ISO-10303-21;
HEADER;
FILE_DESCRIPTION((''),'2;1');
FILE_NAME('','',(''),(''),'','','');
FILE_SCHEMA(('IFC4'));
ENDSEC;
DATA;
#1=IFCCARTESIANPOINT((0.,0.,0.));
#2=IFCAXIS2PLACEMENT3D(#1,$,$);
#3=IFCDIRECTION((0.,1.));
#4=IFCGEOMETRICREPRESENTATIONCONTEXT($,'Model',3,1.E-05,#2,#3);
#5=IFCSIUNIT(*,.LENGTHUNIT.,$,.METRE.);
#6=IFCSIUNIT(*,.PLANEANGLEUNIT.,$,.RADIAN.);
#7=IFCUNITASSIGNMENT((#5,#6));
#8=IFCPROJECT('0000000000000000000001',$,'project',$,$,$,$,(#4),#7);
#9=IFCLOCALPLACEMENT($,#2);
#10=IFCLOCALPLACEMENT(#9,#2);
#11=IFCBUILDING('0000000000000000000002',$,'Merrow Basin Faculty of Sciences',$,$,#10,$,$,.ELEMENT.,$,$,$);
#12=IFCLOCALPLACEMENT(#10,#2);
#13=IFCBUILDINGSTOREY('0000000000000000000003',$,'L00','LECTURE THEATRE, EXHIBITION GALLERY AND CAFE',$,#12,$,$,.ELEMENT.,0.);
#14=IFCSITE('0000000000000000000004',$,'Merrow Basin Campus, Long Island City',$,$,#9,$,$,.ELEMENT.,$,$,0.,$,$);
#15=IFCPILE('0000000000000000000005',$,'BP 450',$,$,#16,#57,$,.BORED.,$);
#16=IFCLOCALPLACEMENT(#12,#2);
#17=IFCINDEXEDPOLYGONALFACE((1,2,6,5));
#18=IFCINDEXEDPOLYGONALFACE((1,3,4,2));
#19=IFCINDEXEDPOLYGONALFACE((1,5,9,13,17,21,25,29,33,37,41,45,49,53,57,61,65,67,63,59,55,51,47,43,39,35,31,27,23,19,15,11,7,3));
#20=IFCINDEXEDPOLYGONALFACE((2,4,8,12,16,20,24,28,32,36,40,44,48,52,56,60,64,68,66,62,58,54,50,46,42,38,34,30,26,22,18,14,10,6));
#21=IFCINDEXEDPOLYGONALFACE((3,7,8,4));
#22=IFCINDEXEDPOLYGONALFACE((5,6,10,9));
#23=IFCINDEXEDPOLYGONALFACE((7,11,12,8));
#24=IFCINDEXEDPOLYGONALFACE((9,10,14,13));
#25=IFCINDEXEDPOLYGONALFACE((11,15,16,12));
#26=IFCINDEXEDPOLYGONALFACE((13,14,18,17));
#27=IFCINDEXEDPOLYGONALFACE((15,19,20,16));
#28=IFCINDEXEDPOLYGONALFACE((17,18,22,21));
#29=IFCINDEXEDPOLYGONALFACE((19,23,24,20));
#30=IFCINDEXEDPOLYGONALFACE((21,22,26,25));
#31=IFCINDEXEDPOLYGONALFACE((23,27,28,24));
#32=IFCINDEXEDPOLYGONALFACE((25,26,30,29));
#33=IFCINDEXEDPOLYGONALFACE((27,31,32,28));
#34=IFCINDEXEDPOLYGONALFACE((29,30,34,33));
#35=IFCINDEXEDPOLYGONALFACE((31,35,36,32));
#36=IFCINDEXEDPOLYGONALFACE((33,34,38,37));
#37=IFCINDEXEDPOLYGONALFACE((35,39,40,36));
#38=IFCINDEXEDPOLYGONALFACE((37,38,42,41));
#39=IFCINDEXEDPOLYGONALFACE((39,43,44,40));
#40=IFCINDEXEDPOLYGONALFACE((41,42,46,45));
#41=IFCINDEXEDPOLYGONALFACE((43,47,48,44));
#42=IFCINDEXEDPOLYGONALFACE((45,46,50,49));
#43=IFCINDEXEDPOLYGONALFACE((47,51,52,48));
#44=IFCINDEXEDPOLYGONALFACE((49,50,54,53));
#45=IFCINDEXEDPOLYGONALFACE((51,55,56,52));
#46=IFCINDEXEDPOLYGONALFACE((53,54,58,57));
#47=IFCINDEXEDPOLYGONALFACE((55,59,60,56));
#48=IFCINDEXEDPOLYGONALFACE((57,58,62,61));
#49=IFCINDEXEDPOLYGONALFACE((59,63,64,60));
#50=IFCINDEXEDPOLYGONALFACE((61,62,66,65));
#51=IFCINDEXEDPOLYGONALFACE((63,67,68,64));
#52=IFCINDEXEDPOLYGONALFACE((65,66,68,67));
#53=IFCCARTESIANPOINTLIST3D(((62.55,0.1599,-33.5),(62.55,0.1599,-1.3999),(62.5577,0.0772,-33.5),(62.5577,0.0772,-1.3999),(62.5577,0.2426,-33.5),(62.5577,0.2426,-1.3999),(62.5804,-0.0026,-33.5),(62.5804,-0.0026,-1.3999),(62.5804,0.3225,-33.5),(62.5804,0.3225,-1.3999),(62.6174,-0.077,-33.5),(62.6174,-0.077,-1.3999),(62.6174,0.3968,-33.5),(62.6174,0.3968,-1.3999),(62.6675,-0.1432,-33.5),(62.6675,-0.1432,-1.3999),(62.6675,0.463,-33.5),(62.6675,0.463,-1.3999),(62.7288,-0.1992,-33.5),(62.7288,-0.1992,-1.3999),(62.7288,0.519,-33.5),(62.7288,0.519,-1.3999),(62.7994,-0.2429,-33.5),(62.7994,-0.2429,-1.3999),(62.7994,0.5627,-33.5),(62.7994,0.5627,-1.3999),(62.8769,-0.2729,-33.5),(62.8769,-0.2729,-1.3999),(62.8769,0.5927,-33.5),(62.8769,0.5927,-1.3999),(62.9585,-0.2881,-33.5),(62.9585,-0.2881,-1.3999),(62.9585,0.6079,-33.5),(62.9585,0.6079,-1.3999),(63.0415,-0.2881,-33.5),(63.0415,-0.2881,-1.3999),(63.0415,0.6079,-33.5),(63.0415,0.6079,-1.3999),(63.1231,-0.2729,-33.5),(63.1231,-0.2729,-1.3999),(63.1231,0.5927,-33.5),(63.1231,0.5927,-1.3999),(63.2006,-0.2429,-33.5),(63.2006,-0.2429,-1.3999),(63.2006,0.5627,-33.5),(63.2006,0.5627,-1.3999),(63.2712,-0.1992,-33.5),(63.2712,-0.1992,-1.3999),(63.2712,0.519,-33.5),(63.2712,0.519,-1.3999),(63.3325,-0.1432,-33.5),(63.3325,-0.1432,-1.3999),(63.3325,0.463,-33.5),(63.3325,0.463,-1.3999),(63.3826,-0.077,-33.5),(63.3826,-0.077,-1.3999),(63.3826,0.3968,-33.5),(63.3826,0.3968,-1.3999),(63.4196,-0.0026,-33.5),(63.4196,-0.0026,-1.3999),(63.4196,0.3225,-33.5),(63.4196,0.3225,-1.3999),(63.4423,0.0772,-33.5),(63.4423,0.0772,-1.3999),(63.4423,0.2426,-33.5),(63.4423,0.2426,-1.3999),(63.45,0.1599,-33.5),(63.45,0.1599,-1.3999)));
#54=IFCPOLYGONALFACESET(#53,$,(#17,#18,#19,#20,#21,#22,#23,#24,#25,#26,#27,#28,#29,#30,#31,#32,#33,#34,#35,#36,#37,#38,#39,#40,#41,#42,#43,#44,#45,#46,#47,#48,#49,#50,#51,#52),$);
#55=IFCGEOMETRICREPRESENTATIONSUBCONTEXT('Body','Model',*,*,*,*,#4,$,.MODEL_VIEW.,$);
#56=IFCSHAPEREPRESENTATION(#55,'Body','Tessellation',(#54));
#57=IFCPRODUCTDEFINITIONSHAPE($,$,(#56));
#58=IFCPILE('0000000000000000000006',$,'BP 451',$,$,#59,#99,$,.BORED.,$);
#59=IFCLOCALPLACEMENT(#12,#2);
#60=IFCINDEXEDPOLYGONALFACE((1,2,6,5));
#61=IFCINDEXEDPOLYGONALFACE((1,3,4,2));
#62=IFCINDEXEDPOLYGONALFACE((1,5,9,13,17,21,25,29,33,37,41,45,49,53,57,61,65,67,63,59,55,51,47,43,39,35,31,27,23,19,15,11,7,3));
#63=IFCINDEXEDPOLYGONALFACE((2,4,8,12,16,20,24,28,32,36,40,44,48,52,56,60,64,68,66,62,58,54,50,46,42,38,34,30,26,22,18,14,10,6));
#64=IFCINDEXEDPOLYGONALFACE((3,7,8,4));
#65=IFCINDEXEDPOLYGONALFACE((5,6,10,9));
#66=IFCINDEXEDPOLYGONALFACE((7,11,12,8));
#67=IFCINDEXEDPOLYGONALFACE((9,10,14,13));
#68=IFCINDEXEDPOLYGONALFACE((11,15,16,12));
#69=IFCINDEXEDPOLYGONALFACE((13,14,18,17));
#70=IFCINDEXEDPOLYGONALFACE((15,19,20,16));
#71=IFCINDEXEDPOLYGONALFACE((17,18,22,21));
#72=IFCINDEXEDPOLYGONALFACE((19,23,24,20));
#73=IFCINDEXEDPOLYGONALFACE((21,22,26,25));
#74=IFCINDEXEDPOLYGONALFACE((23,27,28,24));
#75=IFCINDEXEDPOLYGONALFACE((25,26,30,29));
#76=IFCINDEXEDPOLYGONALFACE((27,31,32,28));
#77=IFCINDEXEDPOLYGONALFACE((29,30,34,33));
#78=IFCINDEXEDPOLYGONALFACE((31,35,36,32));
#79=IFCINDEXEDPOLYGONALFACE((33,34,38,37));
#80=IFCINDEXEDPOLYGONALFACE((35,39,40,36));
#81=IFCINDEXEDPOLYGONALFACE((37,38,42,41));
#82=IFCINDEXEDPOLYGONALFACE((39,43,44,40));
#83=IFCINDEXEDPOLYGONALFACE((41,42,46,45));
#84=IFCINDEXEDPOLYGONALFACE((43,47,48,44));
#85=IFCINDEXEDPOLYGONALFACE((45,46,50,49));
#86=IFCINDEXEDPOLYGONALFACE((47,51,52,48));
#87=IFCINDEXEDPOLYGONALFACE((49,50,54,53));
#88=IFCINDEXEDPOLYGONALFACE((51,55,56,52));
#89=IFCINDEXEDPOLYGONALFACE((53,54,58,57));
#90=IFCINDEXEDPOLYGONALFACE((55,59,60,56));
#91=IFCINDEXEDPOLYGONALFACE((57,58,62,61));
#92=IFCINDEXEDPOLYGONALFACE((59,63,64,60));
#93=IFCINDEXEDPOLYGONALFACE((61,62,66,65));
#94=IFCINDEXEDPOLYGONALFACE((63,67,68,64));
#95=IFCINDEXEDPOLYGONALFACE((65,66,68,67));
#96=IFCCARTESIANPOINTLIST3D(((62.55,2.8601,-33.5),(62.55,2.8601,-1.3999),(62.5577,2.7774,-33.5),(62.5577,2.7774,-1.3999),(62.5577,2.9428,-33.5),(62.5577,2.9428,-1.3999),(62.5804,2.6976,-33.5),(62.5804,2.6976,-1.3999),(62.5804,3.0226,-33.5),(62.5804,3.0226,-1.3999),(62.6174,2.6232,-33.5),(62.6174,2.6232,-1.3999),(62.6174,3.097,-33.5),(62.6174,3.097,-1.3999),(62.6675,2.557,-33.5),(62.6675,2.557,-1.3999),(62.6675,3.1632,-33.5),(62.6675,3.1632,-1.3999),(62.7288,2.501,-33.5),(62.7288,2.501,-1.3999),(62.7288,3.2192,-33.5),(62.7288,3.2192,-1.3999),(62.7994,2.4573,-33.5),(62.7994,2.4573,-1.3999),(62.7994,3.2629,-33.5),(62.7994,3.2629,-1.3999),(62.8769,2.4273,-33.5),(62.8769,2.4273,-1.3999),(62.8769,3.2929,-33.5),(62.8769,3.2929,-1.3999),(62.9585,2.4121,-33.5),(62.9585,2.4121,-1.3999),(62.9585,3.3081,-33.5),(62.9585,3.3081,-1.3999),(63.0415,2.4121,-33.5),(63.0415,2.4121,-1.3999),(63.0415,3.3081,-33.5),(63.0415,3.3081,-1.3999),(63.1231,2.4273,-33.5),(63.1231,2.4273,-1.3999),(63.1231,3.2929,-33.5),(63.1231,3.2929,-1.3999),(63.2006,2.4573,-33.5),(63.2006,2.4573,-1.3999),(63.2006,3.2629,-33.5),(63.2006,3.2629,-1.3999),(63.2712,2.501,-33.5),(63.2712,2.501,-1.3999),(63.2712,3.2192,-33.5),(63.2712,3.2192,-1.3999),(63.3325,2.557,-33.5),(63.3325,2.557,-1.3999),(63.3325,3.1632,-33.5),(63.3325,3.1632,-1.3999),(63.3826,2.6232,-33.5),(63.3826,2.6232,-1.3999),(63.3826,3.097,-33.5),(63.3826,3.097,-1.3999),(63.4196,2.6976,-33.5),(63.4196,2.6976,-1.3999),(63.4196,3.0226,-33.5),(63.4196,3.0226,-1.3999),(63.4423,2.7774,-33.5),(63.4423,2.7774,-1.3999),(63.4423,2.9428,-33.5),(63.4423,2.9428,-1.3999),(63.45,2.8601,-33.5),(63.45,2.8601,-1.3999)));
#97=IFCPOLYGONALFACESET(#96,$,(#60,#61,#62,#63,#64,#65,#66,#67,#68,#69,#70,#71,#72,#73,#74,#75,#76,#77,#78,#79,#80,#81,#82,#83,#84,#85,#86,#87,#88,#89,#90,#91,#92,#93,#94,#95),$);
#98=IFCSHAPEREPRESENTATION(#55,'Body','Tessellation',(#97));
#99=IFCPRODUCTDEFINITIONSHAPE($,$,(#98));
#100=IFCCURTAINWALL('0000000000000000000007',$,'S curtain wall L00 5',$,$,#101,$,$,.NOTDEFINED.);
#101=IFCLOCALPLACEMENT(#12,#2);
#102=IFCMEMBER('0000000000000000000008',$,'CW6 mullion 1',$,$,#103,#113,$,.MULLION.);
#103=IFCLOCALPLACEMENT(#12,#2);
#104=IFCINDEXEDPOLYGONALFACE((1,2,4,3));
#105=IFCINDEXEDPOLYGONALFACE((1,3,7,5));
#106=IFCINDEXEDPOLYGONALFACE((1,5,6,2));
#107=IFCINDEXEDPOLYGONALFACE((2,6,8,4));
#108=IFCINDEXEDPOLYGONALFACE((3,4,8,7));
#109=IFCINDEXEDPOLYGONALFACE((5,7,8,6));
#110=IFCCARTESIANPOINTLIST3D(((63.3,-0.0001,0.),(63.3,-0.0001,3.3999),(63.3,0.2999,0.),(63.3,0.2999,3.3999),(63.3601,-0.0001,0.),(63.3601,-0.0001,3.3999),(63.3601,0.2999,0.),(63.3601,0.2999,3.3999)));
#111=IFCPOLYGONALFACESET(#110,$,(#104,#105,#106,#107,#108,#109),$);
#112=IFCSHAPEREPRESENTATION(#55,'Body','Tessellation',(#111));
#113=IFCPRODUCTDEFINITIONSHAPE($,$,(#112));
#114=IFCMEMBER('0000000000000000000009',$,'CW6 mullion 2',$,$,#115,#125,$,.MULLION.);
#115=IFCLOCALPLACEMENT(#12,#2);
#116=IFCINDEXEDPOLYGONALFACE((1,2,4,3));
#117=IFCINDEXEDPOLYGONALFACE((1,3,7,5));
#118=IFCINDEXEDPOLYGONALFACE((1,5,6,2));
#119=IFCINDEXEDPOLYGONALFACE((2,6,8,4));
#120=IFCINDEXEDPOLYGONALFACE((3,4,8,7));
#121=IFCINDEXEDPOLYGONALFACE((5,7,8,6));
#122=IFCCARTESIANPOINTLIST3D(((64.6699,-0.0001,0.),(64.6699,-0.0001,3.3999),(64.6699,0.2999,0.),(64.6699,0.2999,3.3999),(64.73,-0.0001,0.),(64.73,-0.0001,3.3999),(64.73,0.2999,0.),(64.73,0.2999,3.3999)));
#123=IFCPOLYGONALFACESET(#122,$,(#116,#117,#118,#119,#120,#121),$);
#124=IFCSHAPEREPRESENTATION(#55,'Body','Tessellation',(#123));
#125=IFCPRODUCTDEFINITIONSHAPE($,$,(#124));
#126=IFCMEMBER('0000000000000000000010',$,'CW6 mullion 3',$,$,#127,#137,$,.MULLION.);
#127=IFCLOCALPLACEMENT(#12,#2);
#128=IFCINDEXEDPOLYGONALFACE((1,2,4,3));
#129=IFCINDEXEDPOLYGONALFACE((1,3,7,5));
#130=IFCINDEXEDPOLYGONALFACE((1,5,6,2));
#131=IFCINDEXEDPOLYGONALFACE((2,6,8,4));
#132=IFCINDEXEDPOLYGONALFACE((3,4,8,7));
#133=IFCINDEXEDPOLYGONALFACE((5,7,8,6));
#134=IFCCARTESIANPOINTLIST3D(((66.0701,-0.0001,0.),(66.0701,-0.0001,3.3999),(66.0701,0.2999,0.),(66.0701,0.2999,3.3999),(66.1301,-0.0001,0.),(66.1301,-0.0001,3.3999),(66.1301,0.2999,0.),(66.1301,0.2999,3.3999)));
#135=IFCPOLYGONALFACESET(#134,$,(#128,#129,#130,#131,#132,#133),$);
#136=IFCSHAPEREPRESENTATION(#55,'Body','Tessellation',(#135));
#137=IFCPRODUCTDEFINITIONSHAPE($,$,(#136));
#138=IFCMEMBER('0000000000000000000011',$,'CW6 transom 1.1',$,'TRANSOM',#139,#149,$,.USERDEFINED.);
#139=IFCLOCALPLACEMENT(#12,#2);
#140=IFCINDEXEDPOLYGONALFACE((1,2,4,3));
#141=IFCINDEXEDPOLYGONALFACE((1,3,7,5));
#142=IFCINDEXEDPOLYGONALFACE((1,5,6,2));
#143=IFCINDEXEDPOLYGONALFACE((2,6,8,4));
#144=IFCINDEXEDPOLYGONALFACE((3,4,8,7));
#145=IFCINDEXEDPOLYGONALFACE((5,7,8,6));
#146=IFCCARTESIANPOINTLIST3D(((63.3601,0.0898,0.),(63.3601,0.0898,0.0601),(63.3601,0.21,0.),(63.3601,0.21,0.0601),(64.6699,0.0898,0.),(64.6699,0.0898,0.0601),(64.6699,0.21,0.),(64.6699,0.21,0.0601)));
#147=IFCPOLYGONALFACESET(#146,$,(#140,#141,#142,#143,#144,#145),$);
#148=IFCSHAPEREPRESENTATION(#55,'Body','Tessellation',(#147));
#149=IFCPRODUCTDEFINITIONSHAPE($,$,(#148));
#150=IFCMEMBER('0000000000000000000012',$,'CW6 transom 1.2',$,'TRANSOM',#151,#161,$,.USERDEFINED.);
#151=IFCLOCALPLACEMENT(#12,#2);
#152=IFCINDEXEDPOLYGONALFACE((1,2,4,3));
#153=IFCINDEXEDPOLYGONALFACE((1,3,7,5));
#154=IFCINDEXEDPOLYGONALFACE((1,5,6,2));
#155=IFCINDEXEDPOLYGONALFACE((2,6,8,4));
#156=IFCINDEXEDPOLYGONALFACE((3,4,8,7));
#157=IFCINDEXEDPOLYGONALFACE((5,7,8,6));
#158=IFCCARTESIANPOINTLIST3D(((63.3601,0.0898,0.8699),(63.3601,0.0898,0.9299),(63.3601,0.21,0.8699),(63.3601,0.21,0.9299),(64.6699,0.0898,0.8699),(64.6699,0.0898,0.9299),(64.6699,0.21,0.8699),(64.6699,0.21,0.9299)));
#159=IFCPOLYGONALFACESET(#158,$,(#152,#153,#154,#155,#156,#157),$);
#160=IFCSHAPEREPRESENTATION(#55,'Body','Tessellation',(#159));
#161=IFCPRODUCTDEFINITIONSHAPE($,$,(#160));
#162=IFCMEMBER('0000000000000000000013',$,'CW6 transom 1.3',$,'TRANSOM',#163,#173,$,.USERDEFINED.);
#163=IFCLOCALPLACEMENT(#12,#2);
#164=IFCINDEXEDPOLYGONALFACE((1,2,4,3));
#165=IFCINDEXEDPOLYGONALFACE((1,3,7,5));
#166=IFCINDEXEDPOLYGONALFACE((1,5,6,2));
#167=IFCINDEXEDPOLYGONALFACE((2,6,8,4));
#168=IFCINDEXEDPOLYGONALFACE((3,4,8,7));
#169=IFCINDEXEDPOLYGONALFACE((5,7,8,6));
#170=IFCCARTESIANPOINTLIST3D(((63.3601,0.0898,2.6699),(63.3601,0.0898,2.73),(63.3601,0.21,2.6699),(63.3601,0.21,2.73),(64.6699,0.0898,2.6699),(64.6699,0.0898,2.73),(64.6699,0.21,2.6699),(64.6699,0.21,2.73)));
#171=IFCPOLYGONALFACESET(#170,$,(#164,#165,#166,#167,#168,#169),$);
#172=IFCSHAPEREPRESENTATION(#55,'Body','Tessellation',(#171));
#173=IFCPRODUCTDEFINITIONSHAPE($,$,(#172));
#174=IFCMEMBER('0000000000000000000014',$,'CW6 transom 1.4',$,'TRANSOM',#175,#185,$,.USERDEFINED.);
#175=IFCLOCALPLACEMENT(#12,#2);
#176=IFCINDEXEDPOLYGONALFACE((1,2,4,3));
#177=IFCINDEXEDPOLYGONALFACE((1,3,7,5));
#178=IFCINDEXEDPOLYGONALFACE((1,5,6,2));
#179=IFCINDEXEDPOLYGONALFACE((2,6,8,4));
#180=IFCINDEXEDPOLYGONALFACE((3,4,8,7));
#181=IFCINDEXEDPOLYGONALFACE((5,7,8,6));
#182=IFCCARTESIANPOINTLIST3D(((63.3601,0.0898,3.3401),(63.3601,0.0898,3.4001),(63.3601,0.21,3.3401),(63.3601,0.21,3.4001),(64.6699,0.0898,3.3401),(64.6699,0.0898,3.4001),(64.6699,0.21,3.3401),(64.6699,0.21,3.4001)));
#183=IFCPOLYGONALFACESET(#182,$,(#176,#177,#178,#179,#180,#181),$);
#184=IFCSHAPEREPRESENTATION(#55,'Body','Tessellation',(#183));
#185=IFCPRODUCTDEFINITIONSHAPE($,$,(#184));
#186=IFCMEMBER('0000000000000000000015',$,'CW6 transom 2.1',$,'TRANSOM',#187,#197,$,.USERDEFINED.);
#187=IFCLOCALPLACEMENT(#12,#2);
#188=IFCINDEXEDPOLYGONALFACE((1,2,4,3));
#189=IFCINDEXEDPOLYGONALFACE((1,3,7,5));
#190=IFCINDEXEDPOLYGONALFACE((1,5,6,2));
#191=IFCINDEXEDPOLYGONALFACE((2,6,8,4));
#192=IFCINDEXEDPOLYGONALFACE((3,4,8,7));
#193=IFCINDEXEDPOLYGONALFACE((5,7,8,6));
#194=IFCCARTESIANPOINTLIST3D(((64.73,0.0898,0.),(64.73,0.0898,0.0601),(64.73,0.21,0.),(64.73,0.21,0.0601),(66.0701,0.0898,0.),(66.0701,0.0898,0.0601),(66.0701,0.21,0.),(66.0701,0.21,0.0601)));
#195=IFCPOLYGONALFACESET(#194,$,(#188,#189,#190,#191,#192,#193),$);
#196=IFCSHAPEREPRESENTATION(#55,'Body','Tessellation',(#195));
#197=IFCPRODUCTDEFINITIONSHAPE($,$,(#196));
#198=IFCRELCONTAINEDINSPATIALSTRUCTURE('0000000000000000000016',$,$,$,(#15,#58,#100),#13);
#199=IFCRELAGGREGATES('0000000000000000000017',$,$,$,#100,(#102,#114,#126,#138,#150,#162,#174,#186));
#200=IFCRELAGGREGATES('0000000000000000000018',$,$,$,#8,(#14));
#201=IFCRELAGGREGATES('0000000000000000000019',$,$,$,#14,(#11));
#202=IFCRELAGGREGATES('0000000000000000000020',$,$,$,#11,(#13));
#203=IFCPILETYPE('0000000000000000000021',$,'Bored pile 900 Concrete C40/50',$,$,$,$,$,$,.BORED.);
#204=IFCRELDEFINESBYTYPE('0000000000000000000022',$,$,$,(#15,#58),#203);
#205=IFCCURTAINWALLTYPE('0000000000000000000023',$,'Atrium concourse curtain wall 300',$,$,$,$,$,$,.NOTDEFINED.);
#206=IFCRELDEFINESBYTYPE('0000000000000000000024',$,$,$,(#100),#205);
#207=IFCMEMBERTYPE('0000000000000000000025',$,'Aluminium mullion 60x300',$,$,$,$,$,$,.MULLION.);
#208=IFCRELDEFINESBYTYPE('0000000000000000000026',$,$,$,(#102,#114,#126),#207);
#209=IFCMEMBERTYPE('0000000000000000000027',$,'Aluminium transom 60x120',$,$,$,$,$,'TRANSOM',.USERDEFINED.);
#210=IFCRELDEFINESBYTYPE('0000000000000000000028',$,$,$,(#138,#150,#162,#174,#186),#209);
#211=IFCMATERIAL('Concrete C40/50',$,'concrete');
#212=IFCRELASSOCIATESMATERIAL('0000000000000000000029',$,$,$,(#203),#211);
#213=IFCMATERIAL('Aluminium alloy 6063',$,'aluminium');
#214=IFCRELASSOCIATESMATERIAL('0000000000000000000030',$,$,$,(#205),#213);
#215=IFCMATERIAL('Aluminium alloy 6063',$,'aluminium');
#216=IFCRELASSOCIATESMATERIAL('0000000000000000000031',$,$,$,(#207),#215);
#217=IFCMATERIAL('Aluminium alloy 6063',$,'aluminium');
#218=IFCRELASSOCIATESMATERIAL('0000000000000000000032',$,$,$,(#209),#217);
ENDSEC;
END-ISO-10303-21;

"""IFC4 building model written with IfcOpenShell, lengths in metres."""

from ifc_helpers import new_model, si_unit, direction, frame, origin, origin_2d, place, context, subcontext, project, spatial, rectangle, circle, extrude, material, material_profile, profile_set, type_object, element, aggregate, save


model = new_model("IFC4")

# Units and contexts
model_context = context("Model", 3, precision=1e-05, world=origin(), true_north=direction((0.0, 1.0)))
body_context = subcontext(model_context, "Body", "Model", "MODEL_VIEW")
ifc_project = project(units=[si_unit("LENGTHUNIT", "METRE"), si_unit("PLANEANGLEUNIT", "RADIAN")], contexts=[model_context])

# Site, building, storey
site_placement = place(None, origin())
site = spatial("IfcSite", under=ifc_project, at=site_placement, Name="Merrow Basin Campus, Long Island City", CompositionType="ELEMENT", RefElevation=0.0)
building_placement = place(site_placement, origin())
building = spatial("IfcBuilding", under=site, at=building_placement, Name="Merrow Basin Faculty of Sciences", CompositionType="ELEMENT")
storey_placement = place(building_placement, origin())
storey = spatial("IfcBuildingStorey", under=building, at=storey_placement, Name="L00", Description="LECTURE THEATRE, EXHIBITION GALLERY AND CAFE", CompositionType="ELEMENT", Elevation=0.0)

# Piles
ifc_material_1 = material(Name="Concrete C40/50", Category="concrete")
ifc_material_profile_1 = material_profile(ifc_material_1, circle(Radius=0.45, at=origin_2d()))
ifc_profile_set_1 = profile_set([ifc_material_profile_1], Name="Concrete C40/50")
pile_type_1 = type_object("IfcPileType", Name="Bored pile 900 Concrete C40/50", PredefinedType="BORED", material=ifc_profile_set_1)
for number, where, z_axis, x_axis, name in (
    (1, (63.0, 0.1599, -1.3999), (0.0, 0.0, -1.0), (1.0, 0.0, 0.0), "BP 450"),
    (2, (63.0, 2.8601, -1.3999), (0.0, 0.0, -1.0), (1.0, 0.0, 0.0), "BP 451"),
):
    element("IfcPile", number, at=place(storey_placement, frame(where, z_axis=z_axis, x_axis=x_axis)), inside=storey, type_object=pile_type_1, Name=name, PredefinedType="BORED", context=body_context, shape_type="SweptSolid", body=[
        extrude(circle(Radius=0.45, at=origin_2d()), origin(), (0.0, 0.0, 1.0), 32.1001),
    ])

# Curtain wall, members
ifc_material_2 = material(Name="Aluminium alloy 6063", Category="aluminium")
curtain_wall_type = type_object("IfcCurtainWallType", Name="Atrium concourse curtain wall 300", PredefinedType="NOTDEFINED", material=ifc_material_2)
curtain_wall_placement = place(storey_placement, origin())
curtain_wall = element("IfcCurtainWall", 3, at=curtain_wall_placement, inside=storey, type_object=curtain_wall_type, Name="S curtain wall L00 5", PredefinedType="NOTDEFINED")
ifc_material_3 = material(Name="Aluminium alloy 6063", Category="aluminium")
ifc_material_profile_2 = material_profile(ifc_material_3, rectangle(XDim=0.3, YDim=0.0601, at=origin_2d()))
ifc_profile_set_2 = profile_set([ifc_material_profile_2], Name="Aluminium alloy 6063")
member_type_1 = type_object("IfcMemberType", Name="Aluminium mullion 60x300", PredefinedType="MULLION", material=ifc_profile_set_2)
member_1_placement = place(storey_placement, frame((63.3301, 0.1499, 0.0), z_axis=(0.0, 0.0, 1.0), x_axis=(0.0, 1.0, 0.0)))
member_1 = element("IfcMember", 4, at=member_1_placement, type_object=member_type_1, Name="CW6 mullion 1", PredefinedType="MULLION", context=body_context, shape_type="SweptSolid", body=[
    extrude(rectangle(XDim=0.3, YDim=0.0601, at=origin_2d()), origin(), (0.0, 0.0, 1.0), 3.3999),
])
member_2_placement = place(storey_placement, frame((64.7, 0.1499, 0.0), z_axis=(0.0, 0.0, 1.0), x_axis=(0.0, 1.0, 0.0)))
member_2 = element("IfcMember", 5, at=member_2_placement, type_object=member_type_1, Name="CW6 mullion 2", PredefinedType="MULLION", context=body_context, shape_type="SweptSolid", body=[
    extrude(rectangle(XDim=0.3, YDim=0.0601, at=origin_2d()), origin(), (0.0, 0.0, 1.0), 3.3999),
])
member_3_placement = place(storey_placement, frame((66.1001, 0.1499, 0.0), z_axis=(0.0, 0.0, 1.0), x_axis=(0.0, 1.0, 0.0)))
member_3 = element("IfcMember", 6, at=member_3_placement, type_object=member_type_1, Name="CW6 mullion 3", PredefinedType="MULLION", context=body_context, shape_type="SweptSolid", body=[
    extrude(rectangle(XDim=0.3, YDim=0.0601, at=origin_2d()), origin(), (0.0, 0.0, 1.0), 3.3999),
])
ifc_material_4 = material(Name="Aluminium alloy 6063", Category="aluminium")
ifc_material_profile_3 = material_profile(ifc_material_4, rectangle(XDim=0.1201, YDim=0.0601, at=origin_2d()))
ifc_profile_set_3 = profile_set([ifc_material_profile_3], Name="Aluminium alloy 6063")
member_type_2 = type_object("IfcMemberType", Name="Aluminium transom 60x120", ElementType="TRANSOM", PredefinedType="USERDEFINED", material=ifc_profile_set_3)
member_4_placement = place(storey_placement, frame((63.3601, 0.1499, 0.03), z_axis=(1.0, 0.0, 0.0), x_axis=(0.0, 1.0, 0.0)))
member_4 = element("IfcMember", 7, at=member_4_placement, type_object=member_type_2, Name="CW6 transom 1.1", ObjectType="TRANSOM", PredefinedType="USERDEFINED", context=body_context, shape_type="SweptSolid", body=[
    extrude(rectangle(XDim=0.1201, YDim=0.0601, at=origin_2d()), origin(), (0.0, 0.0, 1.0), 1.3098),
])
member_5_placement = place(storey_placement, frame((63.3601, 0.1499, 0.8999), z_axis=(1.0, 0.0, 0.0), x_axis=(0.0, 1.0, 0.0)))
member_5 = element("IfcMember", 8, at=member_5_placement, type_object=member_type_2, Name="CW6 transom 1.2", ObjectType="TRANSOM", PredefinedType="USERDEFINED", context=body_context, shape_type="SweptSolid", body=[
    extrude(rectangle(XDim=0.1201, YDim=0.0601, at=origin_2d()), origin(), (0.0, 0.0, 1.0), 1.3098),
])
member_6_placement = place(storey_placement, frame((63.3601, 0.1499, 2.7), z_axis=(1.0, 0.0, 0.0), x_axis=(0.0, 1.0, 0.0)))
member_6 = element("IfcMember", 9, at=member_6_placement, type_object=member_type_2, Name="CW6 transom 1.3", ObjectType="TRANSOM", PredefinedType="USERDEFINED", context=body_context, shape_type="SweptSolid", body=[
    extrude(rectangle(XDim=0.1201, YDim=0.0601, at=origin_2d()), origin(), (0.0, 0.0, 1.0), 1.3098),
])
member_7_placement = place(storey_placement, frame((63.3601, 0.1499, 3.3701), z_axis=(1.0, 0.0, 0.0), x_axis=(0.0, 1.0, 0.0)))
member_7 = element("IfcMember", 10, at=member_7_placement, type_object=member_type_2, Name="CW6 transom 1.4", ObjectType="TRANSOM", PredefinedType="USERDEFINED", context=body_context, shape_type="SweptSolid", body=[
    extrude(rectangle(XDim=0.1201, YDim=0.0601, at=origin_2d()), origin(), (0.0, 0.0, 1.0), 1.3098),
])
member_8_placement = place(storey_placement, frame((64.73, 0.1499, 0.03), z_axis=(1.0, 0.0, 0.0), x_axis=(0.0, 1.0, 0.0)))
member_8 = element("IfcMember", 11, at=member_8_placement, type_object=member_type_2, Name="CW6 transom 2.1", ObjectType="TRANSOM", PredefinedType="USERDEFINED", context=body_context, shape_type="SweptSolid", body=[
    extrude(rectangle(XDim=0.1201, YDim=0.0601, at=origin_2d()), origin(), (0.0, 0.0, 1.0), 1.3401),
])
aggregate(curtain_wall, [member_1, member_2, member_3, member_4, member_5, member_6, member_7, member_8])

save(model, "model.ifc")
